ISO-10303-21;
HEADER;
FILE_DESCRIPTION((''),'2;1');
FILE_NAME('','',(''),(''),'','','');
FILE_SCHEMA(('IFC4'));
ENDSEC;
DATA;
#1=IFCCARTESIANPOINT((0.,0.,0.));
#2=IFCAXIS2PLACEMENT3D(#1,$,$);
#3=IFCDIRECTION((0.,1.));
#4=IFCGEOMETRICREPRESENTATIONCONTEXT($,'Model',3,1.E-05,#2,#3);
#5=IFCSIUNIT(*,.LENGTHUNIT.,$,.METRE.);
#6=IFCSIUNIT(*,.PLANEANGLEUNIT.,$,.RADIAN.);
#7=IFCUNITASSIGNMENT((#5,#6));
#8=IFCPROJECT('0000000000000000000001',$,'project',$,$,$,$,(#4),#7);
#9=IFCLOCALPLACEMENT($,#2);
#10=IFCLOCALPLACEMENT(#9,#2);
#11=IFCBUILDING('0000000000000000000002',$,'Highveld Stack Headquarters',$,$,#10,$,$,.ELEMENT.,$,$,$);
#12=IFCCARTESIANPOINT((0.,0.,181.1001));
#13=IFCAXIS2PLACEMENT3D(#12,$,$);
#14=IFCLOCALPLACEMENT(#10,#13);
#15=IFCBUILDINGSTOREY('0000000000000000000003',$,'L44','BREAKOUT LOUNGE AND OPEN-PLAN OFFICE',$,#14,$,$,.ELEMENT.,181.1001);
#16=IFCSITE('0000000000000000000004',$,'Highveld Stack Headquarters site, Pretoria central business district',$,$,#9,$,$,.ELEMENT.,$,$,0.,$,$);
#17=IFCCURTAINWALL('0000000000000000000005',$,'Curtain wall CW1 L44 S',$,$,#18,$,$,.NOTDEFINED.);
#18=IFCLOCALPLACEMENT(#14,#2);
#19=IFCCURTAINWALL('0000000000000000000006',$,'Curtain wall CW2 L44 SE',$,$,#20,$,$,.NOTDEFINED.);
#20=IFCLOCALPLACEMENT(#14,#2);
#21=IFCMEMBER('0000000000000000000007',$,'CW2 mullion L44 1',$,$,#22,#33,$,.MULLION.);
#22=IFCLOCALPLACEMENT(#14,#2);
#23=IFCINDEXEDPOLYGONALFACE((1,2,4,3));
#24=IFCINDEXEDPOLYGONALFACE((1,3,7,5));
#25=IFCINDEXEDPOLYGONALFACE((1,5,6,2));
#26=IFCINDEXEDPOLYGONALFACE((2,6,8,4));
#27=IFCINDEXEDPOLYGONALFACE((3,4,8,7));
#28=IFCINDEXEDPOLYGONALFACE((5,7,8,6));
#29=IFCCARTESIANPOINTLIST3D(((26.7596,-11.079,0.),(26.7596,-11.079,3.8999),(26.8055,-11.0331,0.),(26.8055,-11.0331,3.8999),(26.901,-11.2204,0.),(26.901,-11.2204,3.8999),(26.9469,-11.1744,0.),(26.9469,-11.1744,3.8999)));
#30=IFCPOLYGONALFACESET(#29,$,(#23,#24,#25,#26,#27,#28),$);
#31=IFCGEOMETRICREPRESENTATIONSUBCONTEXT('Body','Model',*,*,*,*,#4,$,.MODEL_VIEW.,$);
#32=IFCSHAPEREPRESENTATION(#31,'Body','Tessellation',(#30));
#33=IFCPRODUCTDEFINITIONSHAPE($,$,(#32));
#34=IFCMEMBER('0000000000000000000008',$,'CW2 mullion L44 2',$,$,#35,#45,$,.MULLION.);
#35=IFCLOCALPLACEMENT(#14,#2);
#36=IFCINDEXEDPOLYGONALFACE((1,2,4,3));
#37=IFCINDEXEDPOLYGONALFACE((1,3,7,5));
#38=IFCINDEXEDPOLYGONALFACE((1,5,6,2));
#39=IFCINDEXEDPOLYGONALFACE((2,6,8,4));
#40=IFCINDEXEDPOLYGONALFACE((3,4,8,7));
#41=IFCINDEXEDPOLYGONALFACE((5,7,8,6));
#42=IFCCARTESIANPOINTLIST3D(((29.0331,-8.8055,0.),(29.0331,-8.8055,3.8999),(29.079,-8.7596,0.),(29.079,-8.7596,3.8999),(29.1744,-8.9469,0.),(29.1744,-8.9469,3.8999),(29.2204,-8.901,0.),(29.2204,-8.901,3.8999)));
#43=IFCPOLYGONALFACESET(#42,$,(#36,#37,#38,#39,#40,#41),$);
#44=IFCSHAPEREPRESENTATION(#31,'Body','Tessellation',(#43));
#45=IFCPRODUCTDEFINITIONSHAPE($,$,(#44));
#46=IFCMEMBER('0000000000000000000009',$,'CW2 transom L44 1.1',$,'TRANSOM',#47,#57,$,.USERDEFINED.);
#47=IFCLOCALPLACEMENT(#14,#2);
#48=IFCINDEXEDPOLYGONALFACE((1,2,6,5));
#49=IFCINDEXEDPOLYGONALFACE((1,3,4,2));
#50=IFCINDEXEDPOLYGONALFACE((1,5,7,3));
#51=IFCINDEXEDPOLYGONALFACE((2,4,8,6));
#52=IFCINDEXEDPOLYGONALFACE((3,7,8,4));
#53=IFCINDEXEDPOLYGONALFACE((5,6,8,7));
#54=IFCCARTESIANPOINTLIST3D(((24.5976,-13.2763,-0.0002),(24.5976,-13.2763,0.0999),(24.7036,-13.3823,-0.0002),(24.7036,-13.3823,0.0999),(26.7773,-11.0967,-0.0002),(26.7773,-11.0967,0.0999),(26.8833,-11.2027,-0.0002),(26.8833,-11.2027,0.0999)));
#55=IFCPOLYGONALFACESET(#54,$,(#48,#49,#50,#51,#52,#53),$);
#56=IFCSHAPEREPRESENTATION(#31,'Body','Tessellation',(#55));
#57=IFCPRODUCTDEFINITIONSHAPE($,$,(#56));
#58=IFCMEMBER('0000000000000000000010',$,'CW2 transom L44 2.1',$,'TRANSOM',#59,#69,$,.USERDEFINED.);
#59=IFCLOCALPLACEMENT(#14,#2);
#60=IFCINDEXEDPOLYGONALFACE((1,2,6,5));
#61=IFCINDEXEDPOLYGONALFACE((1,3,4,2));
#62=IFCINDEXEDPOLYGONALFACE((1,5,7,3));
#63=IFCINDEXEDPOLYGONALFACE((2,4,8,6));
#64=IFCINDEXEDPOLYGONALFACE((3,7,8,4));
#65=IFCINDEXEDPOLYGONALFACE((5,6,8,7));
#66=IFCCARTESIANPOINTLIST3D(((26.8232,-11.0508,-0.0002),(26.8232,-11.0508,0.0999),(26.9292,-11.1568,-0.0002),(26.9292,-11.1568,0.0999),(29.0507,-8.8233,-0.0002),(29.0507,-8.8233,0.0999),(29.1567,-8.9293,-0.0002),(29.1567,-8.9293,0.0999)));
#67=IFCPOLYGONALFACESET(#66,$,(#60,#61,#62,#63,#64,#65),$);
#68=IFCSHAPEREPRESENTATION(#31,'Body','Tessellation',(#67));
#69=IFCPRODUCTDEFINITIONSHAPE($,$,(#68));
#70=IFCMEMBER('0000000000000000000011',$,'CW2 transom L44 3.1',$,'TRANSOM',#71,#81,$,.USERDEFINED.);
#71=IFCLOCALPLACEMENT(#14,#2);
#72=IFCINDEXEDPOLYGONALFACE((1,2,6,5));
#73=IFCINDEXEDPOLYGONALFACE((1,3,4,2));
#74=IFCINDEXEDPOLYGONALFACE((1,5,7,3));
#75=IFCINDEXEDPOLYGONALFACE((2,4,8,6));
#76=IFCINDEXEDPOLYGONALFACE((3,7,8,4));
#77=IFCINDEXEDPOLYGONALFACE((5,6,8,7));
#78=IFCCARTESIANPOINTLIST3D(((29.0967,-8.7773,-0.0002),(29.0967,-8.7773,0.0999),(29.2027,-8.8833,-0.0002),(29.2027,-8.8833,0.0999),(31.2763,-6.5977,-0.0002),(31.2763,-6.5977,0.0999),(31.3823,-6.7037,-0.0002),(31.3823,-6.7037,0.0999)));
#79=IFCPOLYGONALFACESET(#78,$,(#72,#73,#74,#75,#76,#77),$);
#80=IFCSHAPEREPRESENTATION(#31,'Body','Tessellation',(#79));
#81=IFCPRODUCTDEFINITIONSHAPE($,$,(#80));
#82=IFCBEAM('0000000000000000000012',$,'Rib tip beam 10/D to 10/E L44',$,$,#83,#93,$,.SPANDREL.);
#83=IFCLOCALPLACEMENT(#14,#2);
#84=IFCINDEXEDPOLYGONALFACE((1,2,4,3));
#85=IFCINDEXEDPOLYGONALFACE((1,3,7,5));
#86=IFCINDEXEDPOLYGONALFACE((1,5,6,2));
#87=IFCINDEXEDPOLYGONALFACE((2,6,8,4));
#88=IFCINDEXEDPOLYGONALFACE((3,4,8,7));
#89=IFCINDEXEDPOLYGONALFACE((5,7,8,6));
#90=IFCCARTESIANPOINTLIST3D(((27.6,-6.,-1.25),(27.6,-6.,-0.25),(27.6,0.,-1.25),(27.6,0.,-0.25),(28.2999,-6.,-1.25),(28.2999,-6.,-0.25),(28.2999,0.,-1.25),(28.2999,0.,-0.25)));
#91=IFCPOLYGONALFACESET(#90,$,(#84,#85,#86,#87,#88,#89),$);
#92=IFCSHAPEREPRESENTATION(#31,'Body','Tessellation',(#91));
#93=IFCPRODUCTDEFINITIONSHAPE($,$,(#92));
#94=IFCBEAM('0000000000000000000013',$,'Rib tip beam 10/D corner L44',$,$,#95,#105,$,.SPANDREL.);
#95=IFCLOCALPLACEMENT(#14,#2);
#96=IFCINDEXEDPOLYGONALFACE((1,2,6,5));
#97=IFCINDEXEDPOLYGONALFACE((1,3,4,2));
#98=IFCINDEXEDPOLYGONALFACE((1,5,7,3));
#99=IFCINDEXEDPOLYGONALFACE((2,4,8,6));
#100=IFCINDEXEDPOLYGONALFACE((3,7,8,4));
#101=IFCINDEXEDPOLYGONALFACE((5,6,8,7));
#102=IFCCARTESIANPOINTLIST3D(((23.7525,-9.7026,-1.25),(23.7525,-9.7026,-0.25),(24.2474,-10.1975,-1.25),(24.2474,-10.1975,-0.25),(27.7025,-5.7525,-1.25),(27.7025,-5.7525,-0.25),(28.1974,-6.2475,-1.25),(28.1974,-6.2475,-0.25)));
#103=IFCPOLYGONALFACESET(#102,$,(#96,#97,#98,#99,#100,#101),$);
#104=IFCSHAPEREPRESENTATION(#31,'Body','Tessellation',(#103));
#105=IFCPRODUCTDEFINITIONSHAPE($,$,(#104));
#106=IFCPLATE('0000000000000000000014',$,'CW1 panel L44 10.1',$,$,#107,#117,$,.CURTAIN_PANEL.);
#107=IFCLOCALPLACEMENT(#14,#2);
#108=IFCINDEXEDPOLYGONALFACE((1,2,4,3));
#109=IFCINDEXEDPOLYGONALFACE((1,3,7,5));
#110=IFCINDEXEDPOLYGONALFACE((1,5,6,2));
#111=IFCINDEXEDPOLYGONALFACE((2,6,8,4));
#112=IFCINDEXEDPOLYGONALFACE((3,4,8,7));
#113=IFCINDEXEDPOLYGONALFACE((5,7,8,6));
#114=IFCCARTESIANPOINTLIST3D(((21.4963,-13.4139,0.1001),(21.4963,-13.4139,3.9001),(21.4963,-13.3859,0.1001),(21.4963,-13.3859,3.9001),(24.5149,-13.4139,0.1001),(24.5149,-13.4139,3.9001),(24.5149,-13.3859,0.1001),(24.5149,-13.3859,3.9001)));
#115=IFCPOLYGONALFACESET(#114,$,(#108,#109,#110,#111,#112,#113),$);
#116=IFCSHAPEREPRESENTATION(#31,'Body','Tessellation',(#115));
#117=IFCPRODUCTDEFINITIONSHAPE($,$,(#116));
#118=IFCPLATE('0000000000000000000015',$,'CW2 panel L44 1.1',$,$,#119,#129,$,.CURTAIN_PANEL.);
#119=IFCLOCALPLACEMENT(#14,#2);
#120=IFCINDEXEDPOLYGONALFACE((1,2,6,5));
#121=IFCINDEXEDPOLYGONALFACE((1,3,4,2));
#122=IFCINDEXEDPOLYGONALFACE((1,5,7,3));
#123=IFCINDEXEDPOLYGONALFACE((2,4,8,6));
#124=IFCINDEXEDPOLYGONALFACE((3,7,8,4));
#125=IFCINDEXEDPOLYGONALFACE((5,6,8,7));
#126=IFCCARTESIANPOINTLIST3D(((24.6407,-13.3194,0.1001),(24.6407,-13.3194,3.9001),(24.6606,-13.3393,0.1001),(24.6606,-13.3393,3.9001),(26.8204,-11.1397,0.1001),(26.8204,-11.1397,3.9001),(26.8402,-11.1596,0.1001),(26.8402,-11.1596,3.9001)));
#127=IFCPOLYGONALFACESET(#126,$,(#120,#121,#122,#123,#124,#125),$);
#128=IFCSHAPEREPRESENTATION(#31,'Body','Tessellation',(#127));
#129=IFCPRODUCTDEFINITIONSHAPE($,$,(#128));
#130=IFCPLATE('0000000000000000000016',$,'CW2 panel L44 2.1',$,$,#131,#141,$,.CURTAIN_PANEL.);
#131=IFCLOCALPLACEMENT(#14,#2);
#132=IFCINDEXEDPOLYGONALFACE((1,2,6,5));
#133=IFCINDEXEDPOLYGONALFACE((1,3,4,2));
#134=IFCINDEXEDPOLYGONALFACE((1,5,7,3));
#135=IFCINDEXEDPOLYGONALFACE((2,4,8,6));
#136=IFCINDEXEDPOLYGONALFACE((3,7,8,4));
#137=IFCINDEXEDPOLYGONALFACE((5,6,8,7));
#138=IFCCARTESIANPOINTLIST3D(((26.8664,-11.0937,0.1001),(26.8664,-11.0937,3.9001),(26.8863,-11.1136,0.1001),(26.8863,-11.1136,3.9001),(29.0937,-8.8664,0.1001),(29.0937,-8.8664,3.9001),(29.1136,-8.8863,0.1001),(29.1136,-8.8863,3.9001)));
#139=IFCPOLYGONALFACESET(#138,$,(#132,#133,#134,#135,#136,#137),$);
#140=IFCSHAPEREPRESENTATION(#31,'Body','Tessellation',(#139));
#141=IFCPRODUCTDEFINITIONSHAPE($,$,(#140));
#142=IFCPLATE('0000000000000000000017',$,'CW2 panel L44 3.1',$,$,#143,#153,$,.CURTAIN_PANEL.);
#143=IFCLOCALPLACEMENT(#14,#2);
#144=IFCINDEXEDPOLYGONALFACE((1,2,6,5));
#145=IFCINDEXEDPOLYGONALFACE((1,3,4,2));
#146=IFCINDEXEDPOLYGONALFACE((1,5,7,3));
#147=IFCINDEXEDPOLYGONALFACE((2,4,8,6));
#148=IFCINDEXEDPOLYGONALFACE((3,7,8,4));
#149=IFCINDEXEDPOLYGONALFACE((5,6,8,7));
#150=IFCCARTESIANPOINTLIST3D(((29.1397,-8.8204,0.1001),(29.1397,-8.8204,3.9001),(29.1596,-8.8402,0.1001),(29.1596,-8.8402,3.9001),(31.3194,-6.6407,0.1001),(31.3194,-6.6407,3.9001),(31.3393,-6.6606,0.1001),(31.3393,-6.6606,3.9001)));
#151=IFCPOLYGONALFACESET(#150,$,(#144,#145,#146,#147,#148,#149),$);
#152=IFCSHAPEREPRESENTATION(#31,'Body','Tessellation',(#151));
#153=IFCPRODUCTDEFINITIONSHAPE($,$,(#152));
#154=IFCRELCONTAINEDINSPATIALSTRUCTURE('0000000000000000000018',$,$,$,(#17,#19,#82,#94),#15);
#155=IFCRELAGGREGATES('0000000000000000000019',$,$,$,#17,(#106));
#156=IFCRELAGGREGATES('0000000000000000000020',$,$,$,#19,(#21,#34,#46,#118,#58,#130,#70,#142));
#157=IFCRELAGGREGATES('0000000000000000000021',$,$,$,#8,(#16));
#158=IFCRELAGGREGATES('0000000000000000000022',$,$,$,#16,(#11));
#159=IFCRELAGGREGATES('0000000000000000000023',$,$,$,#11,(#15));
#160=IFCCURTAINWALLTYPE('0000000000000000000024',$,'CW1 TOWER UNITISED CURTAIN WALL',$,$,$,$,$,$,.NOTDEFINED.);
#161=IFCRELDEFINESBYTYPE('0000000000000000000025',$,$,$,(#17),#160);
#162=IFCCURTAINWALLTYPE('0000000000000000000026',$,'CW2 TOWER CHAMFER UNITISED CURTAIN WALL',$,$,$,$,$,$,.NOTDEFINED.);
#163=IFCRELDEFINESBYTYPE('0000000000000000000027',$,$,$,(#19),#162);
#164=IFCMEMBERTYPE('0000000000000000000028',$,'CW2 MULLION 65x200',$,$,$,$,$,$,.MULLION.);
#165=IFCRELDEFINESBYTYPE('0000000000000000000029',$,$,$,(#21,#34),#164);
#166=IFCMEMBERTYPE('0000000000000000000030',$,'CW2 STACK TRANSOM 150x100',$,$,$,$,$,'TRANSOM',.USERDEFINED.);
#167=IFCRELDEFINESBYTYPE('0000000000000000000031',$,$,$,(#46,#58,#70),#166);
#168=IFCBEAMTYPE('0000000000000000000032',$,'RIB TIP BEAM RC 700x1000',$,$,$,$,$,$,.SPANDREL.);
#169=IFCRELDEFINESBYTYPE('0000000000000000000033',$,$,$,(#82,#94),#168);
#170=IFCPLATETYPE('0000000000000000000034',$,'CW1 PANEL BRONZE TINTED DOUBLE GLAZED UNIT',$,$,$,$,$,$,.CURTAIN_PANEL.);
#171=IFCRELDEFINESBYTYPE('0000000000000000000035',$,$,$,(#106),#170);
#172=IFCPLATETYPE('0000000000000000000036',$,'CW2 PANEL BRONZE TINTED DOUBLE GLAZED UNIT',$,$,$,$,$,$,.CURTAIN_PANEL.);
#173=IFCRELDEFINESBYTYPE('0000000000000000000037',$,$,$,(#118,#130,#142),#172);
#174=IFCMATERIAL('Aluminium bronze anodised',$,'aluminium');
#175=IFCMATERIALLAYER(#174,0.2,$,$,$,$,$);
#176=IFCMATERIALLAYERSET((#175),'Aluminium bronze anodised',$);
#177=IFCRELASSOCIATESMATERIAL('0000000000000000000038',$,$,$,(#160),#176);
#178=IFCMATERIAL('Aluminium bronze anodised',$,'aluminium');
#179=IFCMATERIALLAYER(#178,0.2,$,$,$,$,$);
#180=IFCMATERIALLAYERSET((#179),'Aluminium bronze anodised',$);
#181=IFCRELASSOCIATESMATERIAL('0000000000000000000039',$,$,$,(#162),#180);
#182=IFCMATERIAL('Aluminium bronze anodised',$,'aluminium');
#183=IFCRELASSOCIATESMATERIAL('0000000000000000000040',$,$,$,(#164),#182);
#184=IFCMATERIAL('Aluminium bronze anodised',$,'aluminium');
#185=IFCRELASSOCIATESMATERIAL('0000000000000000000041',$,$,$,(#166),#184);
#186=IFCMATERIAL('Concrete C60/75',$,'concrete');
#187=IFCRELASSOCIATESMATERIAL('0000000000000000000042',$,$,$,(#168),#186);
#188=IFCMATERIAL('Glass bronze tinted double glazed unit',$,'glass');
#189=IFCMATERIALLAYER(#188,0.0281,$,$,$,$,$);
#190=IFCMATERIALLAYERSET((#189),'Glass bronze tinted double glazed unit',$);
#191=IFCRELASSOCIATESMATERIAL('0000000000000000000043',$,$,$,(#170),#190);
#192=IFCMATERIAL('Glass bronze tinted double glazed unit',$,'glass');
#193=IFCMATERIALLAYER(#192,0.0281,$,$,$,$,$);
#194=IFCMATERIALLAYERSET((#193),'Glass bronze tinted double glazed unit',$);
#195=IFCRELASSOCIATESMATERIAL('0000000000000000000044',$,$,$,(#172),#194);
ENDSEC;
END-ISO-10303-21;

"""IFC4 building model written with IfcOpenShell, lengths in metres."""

from ifc_helpers import new_model, si_unit, direction, frame, origin, origin_2d, place, context, subcontext, project, spatial, rectangle, extrude, material, layer, layer_set, material_profile, profile_set, type_object, element, aggregate, save


model = new_model("IFC4")

# Units and contexts
model_context = context("Model", 3, precision=1e-05, world=origin(), true_north=direction((0.0, 1.0)))
body_context = subcontext(model_context, "Body", "Model", "MODEL_VIEW")
ifc_project = project(units=[si_unit("LENGTHUNIT", "METRE"), si_unit("PLANEANGLEUNIT", "RADIAN")], contexts=[model_context])

# Site, building, storey
site_placement = place(None, origin())
site = spatial("IfcSite", under=ifc_project, at=site_placement, Name="Highveld Stack Headquarters site, Pretoria central business district", CompositionType="ELEMENT", RefElevation=0.0)
building_placement = place(site_placement, origin())
building = spatial("IfcBuilding", under=site, at=building_placement, Name="Highveld Stack Headquarters", CompositionType="ELEMENT")
storey_placement = place(building_placement, frame((0.0, 0.0, 181.1001)))
storey = spatial("IfcBuildingStorey", under=building, at=storey_placement, Name="L44", Description="BREAKOUT LOUNGE AND OPEN-PLAN OFFICE", CompositionType="ELEMENT", Elevation=181.1001)

# Curtain wall
ifc_material_1 = material(Name="Aluminium bronze anodised", Category="aluminium")
ifc_layer_1 = layer(ifc_material_1, 0.2)
ifc_layer_set_1 = layer_set([ifc_layer_1], Name="Aluminium bronze anodised")
curtain_wall_type_1 = type_object("IfcCurtainWallType", Name="CW1 TOWER UNITISED CURTAIN WALL", PredefinedType="NOTDEFINED", material=ifc_layer_set_1)
curtain_wall_1_placement = place(storey_placement, origin())
curtain_wall_1 = element("IfcCurtainWall", 1, at=curtain_wall_1_placement, inside=storey, type_object=curtain_wall_type_1, Name="Curtain wall CW1 L44 S", PredefinedType="NOTDEFINED")

# Curtain wall, members
ifc_material_2 = material(Name="Aluminium bronze anodised", Category="aluminium")
ifc_layer_2 = layer(ifc_material_2, 0.2)
ifc_layer_set_2 = layer_set([ifc_layer_2], Name="Aluminium bronze anodised")
curtain_wall_type_2 = type_object("IfcCurtainWallType", Name="CW2 TOWER CHAMFER UNITISED CURTAIN WALL", PredefinedType="NOTDEFINED", material=ifc_layer_set_2)
curtain_wall_2_placement = place(storey_placement, origin())
curtain_wall_2 = element("IfcCurtainWall", 2, at=curtain_wall_2_placement, inside=storey, type_object=curtain_wall_type_2, Name="Curtain wall CW2 L44 SE", PredefinedType="NOTDEFINED")
ifc_material_3 = material(Name="Aluminium bronze anodised", Category="aluminium")
ifc_material_profile_1 = material_profile(ifc_material_3, rectangle(XDim=0.2, YDim=0.0649, at=origin_2d()), Name="CW2 MULLION 65x200")
ifc_profile_set_1 = profile_set([ifc_material_profile_1], Name="Aluminium bronze anodised")
member_type_1 = type_object("IfcMemberType", Name="CW2 MULLION 65x200", PredefinedType="MULLION", material=ifc_profile_set_1)
member_1_placement = place(storey_placement, frame((26.8533, -11.1267, 0.0), z_axis=(0.0, 0.0, 1.0), x_axis=(-0.707107, 0.707107, 0.0)))
member_1 = element("IfcMember", 3, at=member_1_placement, type_object=member_type_1, Name="CW2 mullion L44 1", PredefinedType="MULLION", context=body_context, shape_type="SweptSolid", body=[
    extrude(rectangle(XDim=0.2, YDim=0.0649, at=origin_2d()), origin(), (0.0, 0.0, 1.0), 3.8999),
])
member_2_placement = place(storey_placement, frame((29.1267, -8.8533, 0.0), z_axis=(0.0, 0.0, 1.0), x_axis=(-0.707107, 0.707107, 0.0)))
member_2 = element("IfcMember", 4, at=member_2_placement, type_object=member_type_1, Name="CW2 mullion L44 2", PredefinedType="MULLION", context=body_context, shape_type="SweptSolid", body=[
    extrude(rectangle(XDim=0.2, YDim=0.0649, at=origin_2d()), origin(), (0.0, 0.0, 1.0), 3.8999),
])
ifc_material_4 = material(Name="Aluminium bronze anodised", Category="aluminium")
ifc_material_profile_2 = material_profile(ifc_material_4, rectangle(XDim=0.1499, YDim=0.1001, at=origin_2d()), Name="CW2 TRANSOM 150x100")
ifc_profile_set_2 = profile_set([ifc_material_profile_2], Name="Aluminium bronze anodised")
member_type_2 = type_object("IfcMemberType", Name="CW2 STACK TRANSOM 150x100", ElementType="TRANSOM", PredefinedType="USERDEFINED", material=ifc_profile_set_2)
member_3_placement = place(storey_placement, frame((24.6506, -13.3293, 0.0498), z_axis=(0.707107, 0.707107, 0.0), x_axis=(-0.707107, 0.707107, 0.0)))
member_3 = element("IfcMember", 5, at=member_3_placement, type_object=member_type_2, Name="CW2 transom L44 1.1", ObjectType="TRANSOM", PredefinedType="USERDEFINED", context=body_context, shape_type="SweptSolid", body=[
    extrude(rectangle(XDim=0.1499, YDim=0.1001, at=origin_2d()), origin(), (0.0, 0.0, 1.0), 3.0825),
])
member_4_placement = place(storey_placement, frame((26.8762, -11.1038, 0.0498), z_axis=(0.707107, 0.707107, 0.0), x_axis=(-0.707107, 0.707107, 0.0)))
member_4 = element("IfcMember", 6, at=member_4_placement, type_object=member_type_2, Name="CW2 transom L44 2.1", ObjectType="TRANSOM", PredefinedType="USERDEFINED", context=body_context, shape_type="SweptSolid", body=[
    extrude(rectangle(XDim=0.1499, YDim=0.1001, at=origin_2d()), origin(), (0.0, 0.0, 1.0), 3.1501),
])
member_5_placement = place(storey_placement, frame((29.1497, -8.8303, 0.0498), z_axis=(0.707107, 0.707107, 0.0), x_axis=(-0.707107, 0.707107, 0.0)))
member_5 = element("IfcMember", 7, at=member_5_placement, type_object=member_type_2, Name="CW2 transom L44 3.1", ObjectType="TRANSOM", PredefinedType="USERDEFINED", context=body_context, shape_type="SweptSolid", body=[
    extrude(rectangle(XDim=0.1499, YDim=0.1001, at=origin_2d()), origin(), (0.0, 0.0, 1.0), 3.0825),
])

# Beams
ifc_material_5 = material(Name="Concrete C60/75", Category="concrete")
ifc_material_profile_3 = material_profile(ifc_material_5, rectangle(XDim=0.7, YDim=1.0, at=origin_2d()), Name="RC 700x1000")
ifc_profile_set_3 = profile_set([ifc_material_profile_3], Name="Concrete C60/75")
beam_type_1 = type_object("IfcBeamType", Name="RIB TIP BEAM RC 700x1000", PredefinedType="SPANDREL", material=ifc_profile_set_3)
beam_1_placement = place(storey_placement, frame((27.95, -6.0, -0.75), z_axis=(0.0, 1.0, 0.0), x_axis=(-1.0, 0.0, 0.0)))
element("IfcBeam", 8, at=beam_1_placement, inside=storey, type_object=beam_type_1, Name="Rib tip beam 10/D to 10/E L44", PredefinedType="SPANDREL", context=body_context, shape_type="SweptSolid", body=[
    extrude(rectangle(XDim=0.7, YDim=1.0, at=origin_2d()), origin(), (0.0, 0.0, 1.0), 6.0),
])
beam_2_placement = place(storey_placement, frame((27.95, -6.0, -0.75), z_axis=(-0.707107, -0.707107, 0.0), x_axis=(0.707107, -0.707107, 0.0)))
element("IfcBeam", 9, at=beam_2_placement, inside=storey, type_object=beam_type_1, Name="Rib tip beam 10/D corner L44", PredefinedType="SPANDREL", context=body_context, shape_type="SweptSolid", body=[
    extrude(rectangle(XDim=0.7, YDim=1.0, at=origin_2d()), origin(), (0.0, 0.0, 1.0), 5.5862),
])

# Plates
ifc_material_6 = material(Name="Glass bronze tinted double glazed unit", Category="glass")
ifc_layer_3 = layer(ifc_material_6, 0.0281)
ifc_layer_set_3 = layer_set([ifc_layer_3], Name="Glass bronze tinted double glazed unit")
plate_type_1 = type_object("IfcPlateType", Name="CW1 PANEL BRONZE TINTED DOUBLE GLAZED UNIT", PredefinedType="CURTAIN_PANEL", material=ifc_layer_set_3)
plate_1_placement = place(storey_placement, frame((23.0056, -13.3999, 0.1001), z_axis=(0.0, 0.0, 1.0), x_axis=(1.0, 0.0, 0.0)))
plate_1 = element("IfcPlate", 10, at=plate_1_placement, type_object=plate_type_1, Name="CW1 panel L44 10.1", PredefinedType="CURTAIN_PANEL", context=body_context, shape_type="SweptSolid", body=[
    extrude(rectangle(XDim=3.0186, YDim=0.0281, at=origin_2d()), origin(), (0.0, 0.0, 1.0), 3.8),
])
aggregate(curtain_wall_1, [plate_1])
ifc_material_7 = material(Name="Glass bronze tinted double glazed unit", Category="glass")
ifc_layer_4 = layer(ifc_material_7, 0.0281)
ifc_layer_set_4 = layer_set([ifc_layer_4], Name="Glass bronze tinted double glazed unit")
plate_type_2 = type_object("IfcPlateType", Name="CW2 PANEL BRONZE TINTED DOUBLE GLAZED UNIT", PredefinedType="CURTAIN_PANEL", material=ifc_layer_set_4)
plate_2_placement = place(storey_placement, frame((25.7405, -12.2395, 0.1001), z_axis=(0.0, 0.0, 1.0), x_axis=(0.707107, 0.707107, 0.0)))
plate_2 = element("IfcPlate", 11, at=plate_2_placement, type_object=plate_type_2, Name="CW2 panel L44 1.1", PredefinedType="CURTAIN_PANEL", context=body_context, shape_type="SweptSolid", body=[
    extrude(rectangle(XDim=3.0825, YDim=0.0281, at=origin_2d()), origin(), (0.0, 0.0, 1.0), 3.8),
])
plate_3_placement = place(storey_placement, frame((27.99, -9.99, 0.1001), z_axis=(0.0, 0.0, 1.0), x_axis=(0.707107, 0.707107, 0.0)))
plate_3 = element("IfcPlate", 12, at=plate_3_placement, type_object=plate_type_2, Name="CW2 panel L44 2.1", PredefinedType="CURTAIN_PANEL", context=body_context, shape_type="SweptSolid", body=[
    extrude(rectangle(XDim=3.1499, YDim=0.0281, at=origin_2d()), origin(), (0.0, 0.0, 1.0), 3.8),
])
plate_4_placement = place(storey_placement, frame((30.2395, -7.7405, 0.1001), z_axis=(0.0, 0.0, 1.0), x_axis=(0.707107, 0.707107, 0.0)))
plate_4 = element("IfcPlate", 13, at=plate_4_placement, type_object=plate_type_2, Name="CW2 panel L44 3.1", PredefinedType="CURTAIN_PANEL", context=body_context, shape_type="SweptSolid", body=[
    extrude(rectangle(XDim=3.0825, YDim=0.0281, at=origin_2d()), origin(), (0.0, 0.0, 1.0), 3.8),
])
aggregate(curtain_wall_2, [member_1, member_2, member_3, plate_2, member_4, plate_3, member_5, plate_4])

save(model, "model.ifc")
